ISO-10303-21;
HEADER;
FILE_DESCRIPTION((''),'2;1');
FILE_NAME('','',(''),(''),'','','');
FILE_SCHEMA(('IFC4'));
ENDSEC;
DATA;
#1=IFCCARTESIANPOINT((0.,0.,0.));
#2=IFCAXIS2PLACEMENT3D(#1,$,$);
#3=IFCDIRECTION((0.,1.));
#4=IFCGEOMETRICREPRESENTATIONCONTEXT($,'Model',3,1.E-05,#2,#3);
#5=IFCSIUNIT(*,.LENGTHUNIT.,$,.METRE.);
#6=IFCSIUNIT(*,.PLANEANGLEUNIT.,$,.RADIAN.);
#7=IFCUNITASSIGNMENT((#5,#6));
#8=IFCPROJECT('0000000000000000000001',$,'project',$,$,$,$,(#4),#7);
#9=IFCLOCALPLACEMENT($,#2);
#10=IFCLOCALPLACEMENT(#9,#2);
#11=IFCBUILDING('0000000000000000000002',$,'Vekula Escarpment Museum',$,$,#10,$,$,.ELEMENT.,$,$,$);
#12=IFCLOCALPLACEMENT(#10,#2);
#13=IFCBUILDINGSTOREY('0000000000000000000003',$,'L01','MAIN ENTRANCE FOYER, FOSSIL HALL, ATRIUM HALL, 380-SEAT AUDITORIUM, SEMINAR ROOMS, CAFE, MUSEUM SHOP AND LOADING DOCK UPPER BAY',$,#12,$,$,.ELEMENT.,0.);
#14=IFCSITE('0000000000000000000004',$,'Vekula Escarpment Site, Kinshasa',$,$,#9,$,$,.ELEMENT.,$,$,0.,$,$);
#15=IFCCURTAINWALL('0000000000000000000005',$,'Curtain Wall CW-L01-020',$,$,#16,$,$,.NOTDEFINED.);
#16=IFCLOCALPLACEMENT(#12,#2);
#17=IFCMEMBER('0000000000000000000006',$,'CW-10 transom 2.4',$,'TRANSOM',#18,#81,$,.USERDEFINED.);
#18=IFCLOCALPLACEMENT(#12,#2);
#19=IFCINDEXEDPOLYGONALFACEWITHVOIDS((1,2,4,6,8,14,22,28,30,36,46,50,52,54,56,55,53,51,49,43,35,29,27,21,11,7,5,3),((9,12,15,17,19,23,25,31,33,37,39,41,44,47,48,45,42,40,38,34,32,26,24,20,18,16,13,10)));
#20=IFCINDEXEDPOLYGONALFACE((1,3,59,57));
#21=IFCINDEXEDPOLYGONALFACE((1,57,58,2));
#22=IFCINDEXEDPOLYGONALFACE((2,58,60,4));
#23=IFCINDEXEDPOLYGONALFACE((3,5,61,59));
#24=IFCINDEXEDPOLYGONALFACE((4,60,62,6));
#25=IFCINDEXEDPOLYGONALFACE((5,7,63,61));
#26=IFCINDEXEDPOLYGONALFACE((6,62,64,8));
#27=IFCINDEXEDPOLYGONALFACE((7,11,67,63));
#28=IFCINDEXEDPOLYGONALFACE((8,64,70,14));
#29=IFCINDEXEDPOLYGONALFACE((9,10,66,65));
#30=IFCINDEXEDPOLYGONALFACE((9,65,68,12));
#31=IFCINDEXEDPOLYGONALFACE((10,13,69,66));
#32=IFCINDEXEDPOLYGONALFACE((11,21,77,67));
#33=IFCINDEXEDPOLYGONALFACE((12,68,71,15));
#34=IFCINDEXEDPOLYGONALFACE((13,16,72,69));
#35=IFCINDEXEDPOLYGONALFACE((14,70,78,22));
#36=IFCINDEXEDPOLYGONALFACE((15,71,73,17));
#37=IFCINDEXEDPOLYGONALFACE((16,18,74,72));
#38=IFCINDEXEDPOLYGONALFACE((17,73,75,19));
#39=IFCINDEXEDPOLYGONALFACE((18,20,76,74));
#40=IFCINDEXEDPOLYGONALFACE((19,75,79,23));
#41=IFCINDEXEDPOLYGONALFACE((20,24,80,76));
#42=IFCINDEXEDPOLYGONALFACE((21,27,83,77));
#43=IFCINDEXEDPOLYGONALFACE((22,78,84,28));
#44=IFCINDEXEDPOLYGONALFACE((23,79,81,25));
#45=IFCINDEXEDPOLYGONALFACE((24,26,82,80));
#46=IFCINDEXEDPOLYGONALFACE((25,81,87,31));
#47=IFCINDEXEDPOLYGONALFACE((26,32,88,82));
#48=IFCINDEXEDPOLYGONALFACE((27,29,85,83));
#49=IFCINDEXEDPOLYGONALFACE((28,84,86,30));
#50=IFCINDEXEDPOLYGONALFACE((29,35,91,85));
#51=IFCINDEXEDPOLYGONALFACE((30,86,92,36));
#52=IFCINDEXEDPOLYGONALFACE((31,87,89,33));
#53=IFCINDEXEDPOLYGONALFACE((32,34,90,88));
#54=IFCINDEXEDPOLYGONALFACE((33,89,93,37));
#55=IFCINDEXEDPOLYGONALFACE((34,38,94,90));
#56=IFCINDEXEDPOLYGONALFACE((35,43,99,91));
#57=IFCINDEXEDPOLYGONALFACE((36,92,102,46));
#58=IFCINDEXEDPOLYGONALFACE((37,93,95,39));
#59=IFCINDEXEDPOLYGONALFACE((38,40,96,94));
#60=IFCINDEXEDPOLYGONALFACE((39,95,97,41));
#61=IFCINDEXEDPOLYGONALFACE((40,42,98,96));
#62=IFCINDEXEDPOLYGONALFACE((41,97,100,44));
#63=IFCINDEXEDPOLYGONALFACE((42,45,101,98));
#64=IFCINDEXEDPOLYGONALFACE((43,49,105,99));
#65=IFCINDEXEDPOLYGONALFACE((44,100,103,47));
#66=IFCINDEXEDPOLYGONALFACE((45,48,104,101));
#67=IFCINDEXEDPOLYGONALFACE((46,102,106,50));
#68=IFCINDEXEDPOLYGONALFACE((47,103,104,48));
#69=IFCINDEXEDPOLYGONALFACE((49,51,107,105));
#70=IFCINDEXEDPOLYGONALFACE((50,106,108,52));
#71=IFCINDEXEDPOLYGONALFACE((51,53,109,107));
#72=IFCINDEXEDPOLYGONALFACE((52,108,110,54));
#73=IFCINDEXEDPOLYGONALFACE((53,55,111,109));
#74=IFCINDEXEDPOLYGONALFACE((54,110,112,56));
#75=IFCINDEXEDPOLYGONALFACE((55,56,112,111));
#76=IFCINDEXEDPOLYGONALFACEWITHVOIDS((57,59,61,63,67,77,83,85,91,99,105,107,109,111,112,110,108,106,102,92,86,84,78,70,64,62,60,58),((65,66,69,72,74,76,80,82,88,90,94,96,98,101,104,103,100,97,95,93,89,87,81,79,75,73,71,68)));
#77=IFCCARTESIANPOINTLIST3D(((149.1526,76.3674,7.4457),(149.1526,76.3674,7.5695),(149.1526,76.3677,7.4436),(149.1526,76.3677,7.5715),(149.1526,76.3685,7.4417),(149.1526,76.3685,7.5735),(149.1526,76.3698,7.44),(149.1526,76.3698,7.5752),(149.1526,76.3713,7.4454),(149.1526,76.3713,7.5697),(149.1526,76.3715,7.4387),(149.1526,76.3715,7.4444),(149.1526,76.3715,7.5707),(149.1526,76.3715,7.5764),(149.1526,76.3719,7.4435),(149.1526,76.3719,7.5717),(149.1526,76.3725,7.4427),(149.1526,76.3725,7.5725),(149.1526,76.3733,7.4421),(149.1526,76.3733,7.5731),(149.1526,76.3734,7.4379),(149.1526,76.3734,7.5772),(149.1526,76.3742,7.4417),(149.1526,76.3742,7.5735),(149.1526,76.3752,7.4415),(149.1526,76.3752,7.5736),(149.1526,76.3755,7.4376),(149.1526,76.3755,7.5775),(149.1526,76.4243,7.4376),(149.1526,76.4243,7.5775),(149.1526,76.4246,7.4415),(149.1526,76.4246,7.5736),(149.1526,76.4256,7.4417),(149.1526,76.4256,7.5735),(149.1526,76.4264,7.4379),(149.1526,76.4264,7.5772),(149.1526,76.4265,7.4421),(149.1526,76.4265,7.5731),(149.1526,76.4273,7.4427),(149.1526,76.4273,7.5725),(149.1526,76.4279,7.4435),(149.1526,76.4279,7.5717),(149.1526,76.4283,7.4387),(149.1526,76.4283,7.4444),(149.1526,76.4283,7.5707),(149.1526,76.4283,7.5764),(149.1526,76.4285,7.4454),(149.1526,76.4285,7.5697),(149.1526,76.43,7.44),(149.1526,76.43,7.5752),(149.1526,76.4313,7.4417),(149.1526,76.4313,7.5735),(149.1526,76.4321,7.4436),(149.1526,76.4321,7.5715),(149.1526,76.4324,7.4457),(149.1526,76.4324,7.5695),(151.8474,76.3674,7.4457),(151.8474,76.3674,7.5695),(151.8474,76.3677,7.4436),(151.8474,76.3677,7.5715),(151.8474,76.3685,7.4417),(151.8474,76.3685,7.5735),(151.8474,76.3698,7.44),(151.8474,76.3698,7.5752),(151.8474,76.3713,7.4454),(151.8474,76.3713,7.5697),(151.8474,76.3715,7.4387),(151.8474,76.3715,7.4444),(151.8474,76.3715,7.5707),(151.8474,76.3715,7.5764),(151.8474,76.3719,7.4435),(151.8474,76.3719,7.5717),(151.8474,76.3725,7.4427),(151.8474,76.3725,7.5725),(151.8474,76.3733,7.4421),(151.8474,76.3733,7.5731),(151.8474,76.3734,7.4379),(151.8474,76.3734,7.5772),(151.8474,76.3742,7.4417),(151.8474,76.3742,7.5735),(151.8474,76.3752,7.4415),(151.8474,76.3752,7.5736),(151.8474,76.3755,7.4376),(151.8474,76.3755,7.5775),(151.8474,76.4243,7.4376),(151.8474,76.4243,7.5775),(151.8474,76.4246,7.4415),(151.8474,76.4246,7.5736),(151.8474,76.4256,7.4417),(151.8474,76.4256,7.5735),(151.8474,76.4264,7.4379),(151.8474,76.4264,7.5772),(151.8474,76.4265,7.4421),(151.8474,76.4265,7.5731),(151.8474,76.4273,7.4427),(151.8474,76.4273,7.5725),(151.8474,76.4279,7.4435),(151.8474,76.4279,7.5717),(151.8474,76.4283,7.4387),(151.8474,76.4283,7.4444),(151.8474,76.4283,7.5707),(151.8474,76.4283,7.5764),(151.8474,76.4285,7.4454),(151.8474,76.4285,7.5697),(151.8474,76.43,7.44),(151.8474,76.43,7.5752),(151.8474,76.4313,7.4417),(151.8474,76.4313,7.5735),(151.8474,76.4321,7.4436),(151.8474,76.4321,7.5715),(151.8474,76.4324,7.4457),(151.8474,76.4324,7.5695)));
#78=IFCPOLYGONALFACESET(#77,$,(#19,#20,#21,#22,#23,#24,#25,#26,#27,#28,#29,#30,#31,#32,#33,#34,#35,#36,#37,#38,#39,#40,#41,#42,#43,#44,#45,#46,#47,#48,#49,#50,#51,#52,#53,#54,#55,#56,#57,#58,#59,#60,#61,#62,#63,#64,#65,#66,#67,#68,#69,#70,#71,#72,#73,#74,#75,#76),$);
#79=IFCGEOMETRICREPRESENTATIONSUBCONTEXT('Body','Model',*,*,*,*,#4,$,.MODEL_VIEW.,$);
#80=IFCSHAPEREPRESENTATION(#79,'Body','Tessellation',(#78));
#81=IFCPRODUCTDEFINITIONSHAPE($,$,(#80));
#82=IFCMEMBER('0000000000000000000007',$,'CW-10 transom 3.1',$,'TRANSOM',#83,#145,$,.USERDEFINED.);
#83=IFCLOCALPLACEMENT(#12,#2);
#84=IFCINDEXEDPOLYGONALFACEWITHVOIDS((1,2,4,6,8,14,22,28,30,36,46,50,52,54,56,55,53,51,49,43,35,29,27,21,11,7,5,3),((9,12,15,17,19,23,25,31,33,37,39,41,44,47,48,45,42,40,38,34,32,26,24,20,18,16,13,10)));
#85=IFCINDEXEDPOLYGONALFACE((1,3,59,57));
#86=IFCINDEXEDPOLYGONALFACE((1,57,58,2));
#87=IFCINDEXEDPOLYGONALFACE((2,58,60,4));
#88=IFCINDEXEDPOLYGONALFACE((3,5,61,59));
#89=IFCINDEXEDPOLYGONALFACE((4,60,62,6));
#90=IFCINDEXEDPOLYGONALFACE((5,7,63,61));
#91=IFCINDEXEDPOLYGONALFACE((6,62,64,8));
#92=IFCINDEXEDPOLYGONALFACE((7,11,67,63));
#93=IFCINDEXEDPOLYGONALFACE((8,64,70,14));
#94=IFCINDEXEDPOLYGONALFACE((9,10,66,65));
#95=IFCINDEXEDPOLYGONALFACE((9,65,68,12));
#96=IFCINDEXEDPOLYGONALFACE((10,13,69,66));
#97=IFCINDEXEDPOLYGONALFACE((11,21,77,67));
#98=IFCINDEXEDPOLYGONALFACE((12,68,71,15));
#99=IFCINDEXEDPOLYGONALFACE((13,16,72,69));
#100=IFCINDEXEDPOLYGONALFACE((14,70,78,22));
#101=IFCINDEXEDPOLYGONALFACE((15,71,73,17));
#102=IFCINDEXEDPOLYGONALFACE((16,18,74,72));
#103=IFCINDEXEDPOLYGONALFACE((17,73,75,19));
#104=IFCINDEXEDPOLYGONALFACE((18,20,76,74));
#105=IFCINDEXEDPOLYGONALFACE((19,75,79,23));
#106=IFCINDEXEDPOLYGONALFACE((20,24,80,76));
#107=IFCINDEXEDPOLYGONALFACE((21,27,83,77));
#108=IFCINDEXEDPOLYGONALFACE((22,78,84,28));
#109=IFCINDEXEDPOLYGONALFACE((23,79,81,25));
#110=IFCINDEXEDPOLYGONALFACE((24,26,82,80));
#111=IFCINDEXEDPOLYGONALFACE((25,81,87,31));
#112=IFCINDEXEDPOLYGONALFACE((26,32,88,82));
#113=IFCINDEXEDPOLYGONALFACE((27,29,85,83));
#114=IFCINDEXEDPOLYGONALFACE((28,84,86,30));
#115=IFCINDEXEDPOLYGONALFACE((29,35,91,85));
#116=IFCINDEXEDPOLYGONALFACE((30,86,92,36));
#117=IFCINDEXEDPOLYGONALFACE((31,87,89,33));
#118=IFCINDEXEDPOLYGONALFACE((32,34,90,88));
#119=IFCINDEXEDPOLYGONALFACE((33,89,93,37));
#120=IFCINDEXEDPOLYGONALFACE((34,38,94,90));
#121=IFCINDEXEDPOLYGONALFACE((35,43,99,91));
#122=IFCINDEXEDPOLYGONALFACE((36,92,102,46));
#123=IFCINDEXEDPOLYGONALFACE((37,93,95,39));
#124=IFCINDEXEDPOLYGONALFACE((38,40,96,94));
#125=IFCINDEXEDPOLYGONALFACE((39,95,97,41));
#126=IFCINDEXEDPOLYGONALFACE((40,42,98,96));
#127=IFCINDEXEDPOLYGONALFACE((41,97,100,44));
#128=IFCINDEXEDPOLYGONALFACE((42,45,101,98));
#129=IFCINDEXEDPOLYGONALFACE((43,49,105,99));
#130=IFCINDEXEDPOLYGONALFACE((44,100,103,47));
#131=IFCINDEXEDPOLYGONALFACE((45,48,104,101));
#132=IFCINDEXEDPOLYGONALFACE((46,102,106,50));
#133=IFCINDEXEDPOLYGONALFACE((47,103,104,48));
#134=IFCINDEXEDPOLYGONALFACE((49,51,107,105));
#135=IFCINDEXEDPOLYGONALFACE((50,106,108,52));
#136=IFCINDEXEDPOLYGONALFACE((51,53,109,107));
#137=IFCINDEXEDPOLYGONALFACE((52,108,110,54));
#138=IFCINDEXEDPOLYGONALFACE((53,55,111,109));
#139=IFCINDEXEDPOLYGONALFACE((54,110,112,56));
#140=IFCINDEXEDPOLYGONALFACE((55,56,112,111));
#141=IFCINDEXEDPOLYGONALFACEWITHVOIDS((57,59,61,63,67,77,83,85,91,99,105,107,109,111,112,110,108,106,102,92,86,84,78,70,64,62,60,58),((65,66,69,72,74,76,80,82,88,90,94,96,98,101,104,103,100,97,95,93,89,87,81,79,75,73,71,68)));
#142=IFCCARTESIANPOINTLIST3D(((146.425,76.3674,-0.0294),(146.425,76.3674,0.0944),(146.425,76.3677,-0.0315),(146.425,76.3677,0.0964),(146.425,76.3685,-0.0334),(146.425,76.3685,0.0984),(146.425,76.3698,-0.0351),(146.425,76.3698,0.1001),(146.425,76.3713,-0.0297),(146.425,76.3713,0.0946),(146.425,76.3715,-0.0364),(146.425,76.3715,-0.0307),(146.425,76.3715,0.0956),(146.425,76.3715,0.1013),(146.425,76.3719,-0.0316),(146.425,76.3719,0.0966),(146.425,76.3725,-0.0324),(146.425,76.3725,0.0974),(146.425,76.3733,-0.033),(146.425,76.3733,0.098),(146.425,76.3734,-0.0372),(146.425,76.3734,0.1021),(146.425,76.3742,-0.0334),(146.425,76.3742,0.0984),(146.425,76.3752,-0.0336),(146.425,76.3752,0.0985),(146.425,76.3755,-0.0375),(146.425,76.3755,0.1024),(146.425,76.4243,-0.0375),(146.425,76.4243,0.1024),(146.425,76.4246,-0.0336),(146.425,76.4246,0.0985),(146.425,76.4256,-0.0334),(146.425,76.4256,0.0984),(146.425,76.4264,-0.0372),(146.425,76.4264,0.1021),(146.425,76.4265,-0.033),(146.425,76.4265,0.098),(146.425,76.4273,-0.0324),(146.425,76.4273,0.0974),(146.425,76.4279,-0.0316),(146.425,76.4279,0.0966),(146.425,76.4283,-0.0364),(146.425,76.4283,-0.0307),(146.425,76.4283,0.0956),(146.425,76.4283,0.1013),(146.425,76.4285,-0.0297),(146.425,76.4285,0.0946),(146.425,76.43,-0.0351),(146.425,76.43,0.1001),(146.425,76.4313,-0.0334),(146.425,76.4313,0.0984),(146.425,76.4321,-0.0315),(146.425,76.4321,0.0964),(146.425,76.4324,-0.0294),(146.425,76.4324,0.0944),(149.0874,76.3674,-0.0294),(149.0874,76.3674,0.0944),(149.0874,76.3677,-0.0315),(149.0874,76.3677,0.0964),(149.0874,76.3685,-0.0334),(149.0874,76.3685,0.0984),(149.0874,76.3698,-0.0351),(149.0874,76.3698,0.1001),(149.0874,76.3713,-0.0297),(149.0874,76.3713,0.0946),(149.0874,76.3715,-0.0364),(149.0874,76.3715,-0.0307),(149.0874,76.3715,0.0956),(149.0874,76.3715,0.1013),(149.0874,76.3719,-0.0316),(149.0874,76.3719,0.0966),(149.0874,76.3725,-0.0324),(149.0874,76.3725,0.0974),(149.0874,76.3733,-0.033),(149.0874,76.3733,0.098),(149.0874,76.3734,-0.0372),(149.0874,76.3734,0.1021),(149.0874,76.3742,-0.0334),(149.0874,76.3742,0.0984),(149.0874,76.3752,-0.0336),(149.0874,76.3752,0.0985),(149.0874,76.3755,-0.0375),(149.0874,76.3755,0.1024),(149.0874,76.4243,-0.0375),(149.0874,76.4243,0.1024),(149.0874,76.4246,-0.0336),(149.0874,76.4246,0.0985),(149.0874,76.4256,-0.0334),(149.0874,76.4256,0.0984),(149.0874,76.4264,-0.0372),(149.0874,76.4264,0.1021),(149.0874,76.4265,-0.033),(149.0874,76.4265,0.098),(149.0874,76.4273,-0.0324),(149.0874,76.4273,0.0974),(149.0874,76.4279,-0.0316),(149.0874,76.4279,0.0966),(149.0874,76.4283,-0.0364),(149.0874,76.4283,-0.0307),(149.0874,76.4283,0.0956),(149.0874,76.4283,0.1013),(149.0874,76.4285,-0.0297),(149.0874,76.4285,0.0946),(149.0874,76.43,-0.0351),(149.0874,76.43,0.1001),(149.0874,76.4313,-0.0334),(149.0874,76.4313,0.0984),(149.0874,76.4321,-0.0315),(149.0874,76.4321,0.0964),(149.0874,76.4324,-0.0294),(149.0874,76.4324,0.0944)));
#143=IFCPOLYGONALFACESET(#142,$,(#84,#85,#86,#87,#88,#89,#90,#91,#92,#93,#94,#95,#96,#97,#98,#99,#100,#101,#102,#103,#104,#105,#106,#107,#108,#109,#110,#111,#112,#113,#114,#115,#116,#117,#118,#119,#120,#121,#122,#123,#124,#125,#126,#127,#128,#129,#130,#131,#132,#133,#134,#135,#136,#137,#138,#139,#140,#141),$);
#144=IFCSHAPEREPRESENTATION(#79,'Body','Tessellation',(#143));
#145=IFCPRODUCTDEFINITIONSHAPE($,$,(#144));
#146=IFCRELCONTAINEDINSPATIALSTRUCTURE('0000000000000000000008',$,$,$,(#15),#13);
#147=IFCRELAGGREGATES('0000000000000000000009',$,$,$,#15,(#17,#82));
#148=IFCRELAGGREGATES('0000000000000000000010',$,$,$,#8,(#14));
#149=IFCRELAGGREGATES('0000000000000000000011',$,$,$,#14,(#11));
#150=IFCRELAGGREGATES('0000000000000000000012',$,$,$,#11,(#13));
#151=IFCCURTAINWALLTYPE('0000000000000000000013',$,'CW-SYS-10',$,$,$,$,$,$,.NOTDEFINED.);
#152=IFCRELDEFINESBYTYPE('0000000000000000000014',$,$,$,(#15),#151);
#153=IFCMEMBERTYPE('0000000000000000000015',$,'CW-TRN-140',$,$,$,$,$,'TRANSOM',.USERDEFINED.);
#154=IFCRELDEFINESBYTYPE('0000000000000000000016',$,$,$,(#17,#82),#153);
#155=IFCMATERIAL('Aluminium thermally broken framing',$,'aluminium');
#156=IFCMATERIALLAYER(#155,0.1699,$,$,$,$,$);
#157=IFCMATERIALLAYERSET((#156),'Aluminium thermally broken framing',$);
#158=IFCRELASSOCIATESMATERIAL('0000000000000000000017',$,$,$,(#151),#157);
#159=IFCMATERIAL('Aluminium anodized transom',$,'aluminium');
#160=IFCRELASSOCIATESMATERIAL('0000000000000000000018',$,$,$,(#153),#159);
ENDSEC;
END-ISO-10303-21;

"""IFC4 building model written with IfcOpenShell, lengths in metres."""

from ifc_helpers import new_model, si_unit, direction, frame, origin, origin_2d, place, context, subcontext, project, spatial, hollow_rectangle, extrude, material, layer, layer_set, material_profile, profile_set, type_object, element, aggregate, save


model = new_model("IFC4")

# Units and contexts
model_context = context("Model", 3, precision=1e-05, world=origin(), true_north=direction((0.0, 1.0)))
body_context = subcontext(model_context, "Body", "Model", "MODEL_VIEW")
ifc_project = project(units=[si_unit("LENGTHUNIT", "METRE"), si_unit("PLANEANGLEUNIT", "RADIAN")], contexts=[model_context])

# Site, building, storey
site_placement = place(None, origin())
site = spatial("IfcSite", under=ifc_project, at=site_placement, Name="Vekula Escarpment Site, Kinshasa", CompositionType="ELEMENT", RefElevation=0.0)
building_placement = place(site_placement, origin())
building = spatial("IfcBuilding", under=site, at=building_placement, Name="Vekula Escarpment Museum", CompositionType="ELEMENT")
storey_placement = place(building_placement, origin())
storey = spatial("IfcBuildingStorey", under=building, at=storey_placement, Name="L01", Description="MAIN ENTRANCE FOYER, FOSSIL HALL, ATRIUM HALL, 380-SEAT AUDITORIUM, SEMINAR ROOMS, CAFE, MUSEUM SHOP AND LOADING DOCK UPPER BAY", CompositionType="ELEMENT", Elevation=0.0)

# Curtain wall
ifc_material_1 = material(Name="Aluminium thermally broken framing", Category="aluminium")
ifc_layer_1 = layer(ifc_material_1, 0.1699)
ifc_layer_set_1 = layer_set([ifc_layer_1], Name="Aluminium thermally broken framing")
curtain_wall_type_1 = type_object("IfcCurtainWallType", Name="CW-SYS-10", PredefinedType="NOTDEFINED", material=ifc_layer_set_1)
curtain_wall_1_placement = place(storey_placement, origin())
curtain_wall_1 = element("IfcCurtainWall", 1, at=curtain_wall_1_placement, inside=storey, type_object=curtain_wall_type_1, Name="Curtain Wall CW-L01-020", PredefinedType="NOTDEFINED")

# Members
ifc_material_2 = material(Name="Aluminium anodized transom", Category="aluminium")
ifc_material_profile_1 = material_profile(ifc_material_2, hollow_rectangle(XDim=0.0649, YDim=0.1399, WallThickness=0.0039, InnerFilletRadius=0.0039, OuterFilletRadius=0.0081, at=origin_2d()), Name="ALU 140x65x4")
ifc_profile_set_1 = profile_set([ifc_material_profile_1], Name="Aluminium anodized transom")
member_type_1 = type_object("IfcMemberType", Name="CW-TRN-140", ElementType="TRANSOM", PredefinedType="USERDEFINED", material=ifc_profile_set_1)
member_1_placement = place(storey_placement, frame((151.8474, 76.3999, 7.5076), z_axis=(-1.0, 0.0, 0.0), x_axis=(0.0, -1.0, 0.0)))
member_1 = element("IfcMember", 2, at=member_1_placement, type_object=member_type_1, Name="CW-10 transom 2.4", ObjectType="TRANSOM", PredefinedType="USERDEFINED", context=body_context, shape_type="SweptSolid", body=[
    extrude(hollow_rectangle(XDim=0.0649, YDim=0.1399, WallThickness=0.0039, InnerFilletRadius=0.0039, OuterFilletRadius=0.0081, at=origin_2d()), origin(), (0.0, 0.0, 1.0), 2.6948),
])
member_2_placement = place(storey_placement, frame((149.0874, 76.3999, 0.0325), z_axis=(-1.0, 0.0, 0.0), x_axis=(0.0, -1.0, 0.0)))
member_2 = element("IfcMember", 3, at=member_2_placement, type_object=member_type_1, Name="CW-10 transom 3.1", ObjectType="TRANSOM", PredefinedType="USERDEFINED", context=body_context, shape_type="SweptSolid", body=[
    extrude(hollow_rectangle(XDim=0.0649, YDim=0.1399, WallThickness=0.0039, InnerFilletRadius=0.0039, OuterFilletRadius=0.0081, at=origin_2d()), origin(), (0.0, 0.0, 1.0), 2.6624),
])

aggregate(curtain_wall_1, [member_1, member_2])

save(model, "model.ifc")
